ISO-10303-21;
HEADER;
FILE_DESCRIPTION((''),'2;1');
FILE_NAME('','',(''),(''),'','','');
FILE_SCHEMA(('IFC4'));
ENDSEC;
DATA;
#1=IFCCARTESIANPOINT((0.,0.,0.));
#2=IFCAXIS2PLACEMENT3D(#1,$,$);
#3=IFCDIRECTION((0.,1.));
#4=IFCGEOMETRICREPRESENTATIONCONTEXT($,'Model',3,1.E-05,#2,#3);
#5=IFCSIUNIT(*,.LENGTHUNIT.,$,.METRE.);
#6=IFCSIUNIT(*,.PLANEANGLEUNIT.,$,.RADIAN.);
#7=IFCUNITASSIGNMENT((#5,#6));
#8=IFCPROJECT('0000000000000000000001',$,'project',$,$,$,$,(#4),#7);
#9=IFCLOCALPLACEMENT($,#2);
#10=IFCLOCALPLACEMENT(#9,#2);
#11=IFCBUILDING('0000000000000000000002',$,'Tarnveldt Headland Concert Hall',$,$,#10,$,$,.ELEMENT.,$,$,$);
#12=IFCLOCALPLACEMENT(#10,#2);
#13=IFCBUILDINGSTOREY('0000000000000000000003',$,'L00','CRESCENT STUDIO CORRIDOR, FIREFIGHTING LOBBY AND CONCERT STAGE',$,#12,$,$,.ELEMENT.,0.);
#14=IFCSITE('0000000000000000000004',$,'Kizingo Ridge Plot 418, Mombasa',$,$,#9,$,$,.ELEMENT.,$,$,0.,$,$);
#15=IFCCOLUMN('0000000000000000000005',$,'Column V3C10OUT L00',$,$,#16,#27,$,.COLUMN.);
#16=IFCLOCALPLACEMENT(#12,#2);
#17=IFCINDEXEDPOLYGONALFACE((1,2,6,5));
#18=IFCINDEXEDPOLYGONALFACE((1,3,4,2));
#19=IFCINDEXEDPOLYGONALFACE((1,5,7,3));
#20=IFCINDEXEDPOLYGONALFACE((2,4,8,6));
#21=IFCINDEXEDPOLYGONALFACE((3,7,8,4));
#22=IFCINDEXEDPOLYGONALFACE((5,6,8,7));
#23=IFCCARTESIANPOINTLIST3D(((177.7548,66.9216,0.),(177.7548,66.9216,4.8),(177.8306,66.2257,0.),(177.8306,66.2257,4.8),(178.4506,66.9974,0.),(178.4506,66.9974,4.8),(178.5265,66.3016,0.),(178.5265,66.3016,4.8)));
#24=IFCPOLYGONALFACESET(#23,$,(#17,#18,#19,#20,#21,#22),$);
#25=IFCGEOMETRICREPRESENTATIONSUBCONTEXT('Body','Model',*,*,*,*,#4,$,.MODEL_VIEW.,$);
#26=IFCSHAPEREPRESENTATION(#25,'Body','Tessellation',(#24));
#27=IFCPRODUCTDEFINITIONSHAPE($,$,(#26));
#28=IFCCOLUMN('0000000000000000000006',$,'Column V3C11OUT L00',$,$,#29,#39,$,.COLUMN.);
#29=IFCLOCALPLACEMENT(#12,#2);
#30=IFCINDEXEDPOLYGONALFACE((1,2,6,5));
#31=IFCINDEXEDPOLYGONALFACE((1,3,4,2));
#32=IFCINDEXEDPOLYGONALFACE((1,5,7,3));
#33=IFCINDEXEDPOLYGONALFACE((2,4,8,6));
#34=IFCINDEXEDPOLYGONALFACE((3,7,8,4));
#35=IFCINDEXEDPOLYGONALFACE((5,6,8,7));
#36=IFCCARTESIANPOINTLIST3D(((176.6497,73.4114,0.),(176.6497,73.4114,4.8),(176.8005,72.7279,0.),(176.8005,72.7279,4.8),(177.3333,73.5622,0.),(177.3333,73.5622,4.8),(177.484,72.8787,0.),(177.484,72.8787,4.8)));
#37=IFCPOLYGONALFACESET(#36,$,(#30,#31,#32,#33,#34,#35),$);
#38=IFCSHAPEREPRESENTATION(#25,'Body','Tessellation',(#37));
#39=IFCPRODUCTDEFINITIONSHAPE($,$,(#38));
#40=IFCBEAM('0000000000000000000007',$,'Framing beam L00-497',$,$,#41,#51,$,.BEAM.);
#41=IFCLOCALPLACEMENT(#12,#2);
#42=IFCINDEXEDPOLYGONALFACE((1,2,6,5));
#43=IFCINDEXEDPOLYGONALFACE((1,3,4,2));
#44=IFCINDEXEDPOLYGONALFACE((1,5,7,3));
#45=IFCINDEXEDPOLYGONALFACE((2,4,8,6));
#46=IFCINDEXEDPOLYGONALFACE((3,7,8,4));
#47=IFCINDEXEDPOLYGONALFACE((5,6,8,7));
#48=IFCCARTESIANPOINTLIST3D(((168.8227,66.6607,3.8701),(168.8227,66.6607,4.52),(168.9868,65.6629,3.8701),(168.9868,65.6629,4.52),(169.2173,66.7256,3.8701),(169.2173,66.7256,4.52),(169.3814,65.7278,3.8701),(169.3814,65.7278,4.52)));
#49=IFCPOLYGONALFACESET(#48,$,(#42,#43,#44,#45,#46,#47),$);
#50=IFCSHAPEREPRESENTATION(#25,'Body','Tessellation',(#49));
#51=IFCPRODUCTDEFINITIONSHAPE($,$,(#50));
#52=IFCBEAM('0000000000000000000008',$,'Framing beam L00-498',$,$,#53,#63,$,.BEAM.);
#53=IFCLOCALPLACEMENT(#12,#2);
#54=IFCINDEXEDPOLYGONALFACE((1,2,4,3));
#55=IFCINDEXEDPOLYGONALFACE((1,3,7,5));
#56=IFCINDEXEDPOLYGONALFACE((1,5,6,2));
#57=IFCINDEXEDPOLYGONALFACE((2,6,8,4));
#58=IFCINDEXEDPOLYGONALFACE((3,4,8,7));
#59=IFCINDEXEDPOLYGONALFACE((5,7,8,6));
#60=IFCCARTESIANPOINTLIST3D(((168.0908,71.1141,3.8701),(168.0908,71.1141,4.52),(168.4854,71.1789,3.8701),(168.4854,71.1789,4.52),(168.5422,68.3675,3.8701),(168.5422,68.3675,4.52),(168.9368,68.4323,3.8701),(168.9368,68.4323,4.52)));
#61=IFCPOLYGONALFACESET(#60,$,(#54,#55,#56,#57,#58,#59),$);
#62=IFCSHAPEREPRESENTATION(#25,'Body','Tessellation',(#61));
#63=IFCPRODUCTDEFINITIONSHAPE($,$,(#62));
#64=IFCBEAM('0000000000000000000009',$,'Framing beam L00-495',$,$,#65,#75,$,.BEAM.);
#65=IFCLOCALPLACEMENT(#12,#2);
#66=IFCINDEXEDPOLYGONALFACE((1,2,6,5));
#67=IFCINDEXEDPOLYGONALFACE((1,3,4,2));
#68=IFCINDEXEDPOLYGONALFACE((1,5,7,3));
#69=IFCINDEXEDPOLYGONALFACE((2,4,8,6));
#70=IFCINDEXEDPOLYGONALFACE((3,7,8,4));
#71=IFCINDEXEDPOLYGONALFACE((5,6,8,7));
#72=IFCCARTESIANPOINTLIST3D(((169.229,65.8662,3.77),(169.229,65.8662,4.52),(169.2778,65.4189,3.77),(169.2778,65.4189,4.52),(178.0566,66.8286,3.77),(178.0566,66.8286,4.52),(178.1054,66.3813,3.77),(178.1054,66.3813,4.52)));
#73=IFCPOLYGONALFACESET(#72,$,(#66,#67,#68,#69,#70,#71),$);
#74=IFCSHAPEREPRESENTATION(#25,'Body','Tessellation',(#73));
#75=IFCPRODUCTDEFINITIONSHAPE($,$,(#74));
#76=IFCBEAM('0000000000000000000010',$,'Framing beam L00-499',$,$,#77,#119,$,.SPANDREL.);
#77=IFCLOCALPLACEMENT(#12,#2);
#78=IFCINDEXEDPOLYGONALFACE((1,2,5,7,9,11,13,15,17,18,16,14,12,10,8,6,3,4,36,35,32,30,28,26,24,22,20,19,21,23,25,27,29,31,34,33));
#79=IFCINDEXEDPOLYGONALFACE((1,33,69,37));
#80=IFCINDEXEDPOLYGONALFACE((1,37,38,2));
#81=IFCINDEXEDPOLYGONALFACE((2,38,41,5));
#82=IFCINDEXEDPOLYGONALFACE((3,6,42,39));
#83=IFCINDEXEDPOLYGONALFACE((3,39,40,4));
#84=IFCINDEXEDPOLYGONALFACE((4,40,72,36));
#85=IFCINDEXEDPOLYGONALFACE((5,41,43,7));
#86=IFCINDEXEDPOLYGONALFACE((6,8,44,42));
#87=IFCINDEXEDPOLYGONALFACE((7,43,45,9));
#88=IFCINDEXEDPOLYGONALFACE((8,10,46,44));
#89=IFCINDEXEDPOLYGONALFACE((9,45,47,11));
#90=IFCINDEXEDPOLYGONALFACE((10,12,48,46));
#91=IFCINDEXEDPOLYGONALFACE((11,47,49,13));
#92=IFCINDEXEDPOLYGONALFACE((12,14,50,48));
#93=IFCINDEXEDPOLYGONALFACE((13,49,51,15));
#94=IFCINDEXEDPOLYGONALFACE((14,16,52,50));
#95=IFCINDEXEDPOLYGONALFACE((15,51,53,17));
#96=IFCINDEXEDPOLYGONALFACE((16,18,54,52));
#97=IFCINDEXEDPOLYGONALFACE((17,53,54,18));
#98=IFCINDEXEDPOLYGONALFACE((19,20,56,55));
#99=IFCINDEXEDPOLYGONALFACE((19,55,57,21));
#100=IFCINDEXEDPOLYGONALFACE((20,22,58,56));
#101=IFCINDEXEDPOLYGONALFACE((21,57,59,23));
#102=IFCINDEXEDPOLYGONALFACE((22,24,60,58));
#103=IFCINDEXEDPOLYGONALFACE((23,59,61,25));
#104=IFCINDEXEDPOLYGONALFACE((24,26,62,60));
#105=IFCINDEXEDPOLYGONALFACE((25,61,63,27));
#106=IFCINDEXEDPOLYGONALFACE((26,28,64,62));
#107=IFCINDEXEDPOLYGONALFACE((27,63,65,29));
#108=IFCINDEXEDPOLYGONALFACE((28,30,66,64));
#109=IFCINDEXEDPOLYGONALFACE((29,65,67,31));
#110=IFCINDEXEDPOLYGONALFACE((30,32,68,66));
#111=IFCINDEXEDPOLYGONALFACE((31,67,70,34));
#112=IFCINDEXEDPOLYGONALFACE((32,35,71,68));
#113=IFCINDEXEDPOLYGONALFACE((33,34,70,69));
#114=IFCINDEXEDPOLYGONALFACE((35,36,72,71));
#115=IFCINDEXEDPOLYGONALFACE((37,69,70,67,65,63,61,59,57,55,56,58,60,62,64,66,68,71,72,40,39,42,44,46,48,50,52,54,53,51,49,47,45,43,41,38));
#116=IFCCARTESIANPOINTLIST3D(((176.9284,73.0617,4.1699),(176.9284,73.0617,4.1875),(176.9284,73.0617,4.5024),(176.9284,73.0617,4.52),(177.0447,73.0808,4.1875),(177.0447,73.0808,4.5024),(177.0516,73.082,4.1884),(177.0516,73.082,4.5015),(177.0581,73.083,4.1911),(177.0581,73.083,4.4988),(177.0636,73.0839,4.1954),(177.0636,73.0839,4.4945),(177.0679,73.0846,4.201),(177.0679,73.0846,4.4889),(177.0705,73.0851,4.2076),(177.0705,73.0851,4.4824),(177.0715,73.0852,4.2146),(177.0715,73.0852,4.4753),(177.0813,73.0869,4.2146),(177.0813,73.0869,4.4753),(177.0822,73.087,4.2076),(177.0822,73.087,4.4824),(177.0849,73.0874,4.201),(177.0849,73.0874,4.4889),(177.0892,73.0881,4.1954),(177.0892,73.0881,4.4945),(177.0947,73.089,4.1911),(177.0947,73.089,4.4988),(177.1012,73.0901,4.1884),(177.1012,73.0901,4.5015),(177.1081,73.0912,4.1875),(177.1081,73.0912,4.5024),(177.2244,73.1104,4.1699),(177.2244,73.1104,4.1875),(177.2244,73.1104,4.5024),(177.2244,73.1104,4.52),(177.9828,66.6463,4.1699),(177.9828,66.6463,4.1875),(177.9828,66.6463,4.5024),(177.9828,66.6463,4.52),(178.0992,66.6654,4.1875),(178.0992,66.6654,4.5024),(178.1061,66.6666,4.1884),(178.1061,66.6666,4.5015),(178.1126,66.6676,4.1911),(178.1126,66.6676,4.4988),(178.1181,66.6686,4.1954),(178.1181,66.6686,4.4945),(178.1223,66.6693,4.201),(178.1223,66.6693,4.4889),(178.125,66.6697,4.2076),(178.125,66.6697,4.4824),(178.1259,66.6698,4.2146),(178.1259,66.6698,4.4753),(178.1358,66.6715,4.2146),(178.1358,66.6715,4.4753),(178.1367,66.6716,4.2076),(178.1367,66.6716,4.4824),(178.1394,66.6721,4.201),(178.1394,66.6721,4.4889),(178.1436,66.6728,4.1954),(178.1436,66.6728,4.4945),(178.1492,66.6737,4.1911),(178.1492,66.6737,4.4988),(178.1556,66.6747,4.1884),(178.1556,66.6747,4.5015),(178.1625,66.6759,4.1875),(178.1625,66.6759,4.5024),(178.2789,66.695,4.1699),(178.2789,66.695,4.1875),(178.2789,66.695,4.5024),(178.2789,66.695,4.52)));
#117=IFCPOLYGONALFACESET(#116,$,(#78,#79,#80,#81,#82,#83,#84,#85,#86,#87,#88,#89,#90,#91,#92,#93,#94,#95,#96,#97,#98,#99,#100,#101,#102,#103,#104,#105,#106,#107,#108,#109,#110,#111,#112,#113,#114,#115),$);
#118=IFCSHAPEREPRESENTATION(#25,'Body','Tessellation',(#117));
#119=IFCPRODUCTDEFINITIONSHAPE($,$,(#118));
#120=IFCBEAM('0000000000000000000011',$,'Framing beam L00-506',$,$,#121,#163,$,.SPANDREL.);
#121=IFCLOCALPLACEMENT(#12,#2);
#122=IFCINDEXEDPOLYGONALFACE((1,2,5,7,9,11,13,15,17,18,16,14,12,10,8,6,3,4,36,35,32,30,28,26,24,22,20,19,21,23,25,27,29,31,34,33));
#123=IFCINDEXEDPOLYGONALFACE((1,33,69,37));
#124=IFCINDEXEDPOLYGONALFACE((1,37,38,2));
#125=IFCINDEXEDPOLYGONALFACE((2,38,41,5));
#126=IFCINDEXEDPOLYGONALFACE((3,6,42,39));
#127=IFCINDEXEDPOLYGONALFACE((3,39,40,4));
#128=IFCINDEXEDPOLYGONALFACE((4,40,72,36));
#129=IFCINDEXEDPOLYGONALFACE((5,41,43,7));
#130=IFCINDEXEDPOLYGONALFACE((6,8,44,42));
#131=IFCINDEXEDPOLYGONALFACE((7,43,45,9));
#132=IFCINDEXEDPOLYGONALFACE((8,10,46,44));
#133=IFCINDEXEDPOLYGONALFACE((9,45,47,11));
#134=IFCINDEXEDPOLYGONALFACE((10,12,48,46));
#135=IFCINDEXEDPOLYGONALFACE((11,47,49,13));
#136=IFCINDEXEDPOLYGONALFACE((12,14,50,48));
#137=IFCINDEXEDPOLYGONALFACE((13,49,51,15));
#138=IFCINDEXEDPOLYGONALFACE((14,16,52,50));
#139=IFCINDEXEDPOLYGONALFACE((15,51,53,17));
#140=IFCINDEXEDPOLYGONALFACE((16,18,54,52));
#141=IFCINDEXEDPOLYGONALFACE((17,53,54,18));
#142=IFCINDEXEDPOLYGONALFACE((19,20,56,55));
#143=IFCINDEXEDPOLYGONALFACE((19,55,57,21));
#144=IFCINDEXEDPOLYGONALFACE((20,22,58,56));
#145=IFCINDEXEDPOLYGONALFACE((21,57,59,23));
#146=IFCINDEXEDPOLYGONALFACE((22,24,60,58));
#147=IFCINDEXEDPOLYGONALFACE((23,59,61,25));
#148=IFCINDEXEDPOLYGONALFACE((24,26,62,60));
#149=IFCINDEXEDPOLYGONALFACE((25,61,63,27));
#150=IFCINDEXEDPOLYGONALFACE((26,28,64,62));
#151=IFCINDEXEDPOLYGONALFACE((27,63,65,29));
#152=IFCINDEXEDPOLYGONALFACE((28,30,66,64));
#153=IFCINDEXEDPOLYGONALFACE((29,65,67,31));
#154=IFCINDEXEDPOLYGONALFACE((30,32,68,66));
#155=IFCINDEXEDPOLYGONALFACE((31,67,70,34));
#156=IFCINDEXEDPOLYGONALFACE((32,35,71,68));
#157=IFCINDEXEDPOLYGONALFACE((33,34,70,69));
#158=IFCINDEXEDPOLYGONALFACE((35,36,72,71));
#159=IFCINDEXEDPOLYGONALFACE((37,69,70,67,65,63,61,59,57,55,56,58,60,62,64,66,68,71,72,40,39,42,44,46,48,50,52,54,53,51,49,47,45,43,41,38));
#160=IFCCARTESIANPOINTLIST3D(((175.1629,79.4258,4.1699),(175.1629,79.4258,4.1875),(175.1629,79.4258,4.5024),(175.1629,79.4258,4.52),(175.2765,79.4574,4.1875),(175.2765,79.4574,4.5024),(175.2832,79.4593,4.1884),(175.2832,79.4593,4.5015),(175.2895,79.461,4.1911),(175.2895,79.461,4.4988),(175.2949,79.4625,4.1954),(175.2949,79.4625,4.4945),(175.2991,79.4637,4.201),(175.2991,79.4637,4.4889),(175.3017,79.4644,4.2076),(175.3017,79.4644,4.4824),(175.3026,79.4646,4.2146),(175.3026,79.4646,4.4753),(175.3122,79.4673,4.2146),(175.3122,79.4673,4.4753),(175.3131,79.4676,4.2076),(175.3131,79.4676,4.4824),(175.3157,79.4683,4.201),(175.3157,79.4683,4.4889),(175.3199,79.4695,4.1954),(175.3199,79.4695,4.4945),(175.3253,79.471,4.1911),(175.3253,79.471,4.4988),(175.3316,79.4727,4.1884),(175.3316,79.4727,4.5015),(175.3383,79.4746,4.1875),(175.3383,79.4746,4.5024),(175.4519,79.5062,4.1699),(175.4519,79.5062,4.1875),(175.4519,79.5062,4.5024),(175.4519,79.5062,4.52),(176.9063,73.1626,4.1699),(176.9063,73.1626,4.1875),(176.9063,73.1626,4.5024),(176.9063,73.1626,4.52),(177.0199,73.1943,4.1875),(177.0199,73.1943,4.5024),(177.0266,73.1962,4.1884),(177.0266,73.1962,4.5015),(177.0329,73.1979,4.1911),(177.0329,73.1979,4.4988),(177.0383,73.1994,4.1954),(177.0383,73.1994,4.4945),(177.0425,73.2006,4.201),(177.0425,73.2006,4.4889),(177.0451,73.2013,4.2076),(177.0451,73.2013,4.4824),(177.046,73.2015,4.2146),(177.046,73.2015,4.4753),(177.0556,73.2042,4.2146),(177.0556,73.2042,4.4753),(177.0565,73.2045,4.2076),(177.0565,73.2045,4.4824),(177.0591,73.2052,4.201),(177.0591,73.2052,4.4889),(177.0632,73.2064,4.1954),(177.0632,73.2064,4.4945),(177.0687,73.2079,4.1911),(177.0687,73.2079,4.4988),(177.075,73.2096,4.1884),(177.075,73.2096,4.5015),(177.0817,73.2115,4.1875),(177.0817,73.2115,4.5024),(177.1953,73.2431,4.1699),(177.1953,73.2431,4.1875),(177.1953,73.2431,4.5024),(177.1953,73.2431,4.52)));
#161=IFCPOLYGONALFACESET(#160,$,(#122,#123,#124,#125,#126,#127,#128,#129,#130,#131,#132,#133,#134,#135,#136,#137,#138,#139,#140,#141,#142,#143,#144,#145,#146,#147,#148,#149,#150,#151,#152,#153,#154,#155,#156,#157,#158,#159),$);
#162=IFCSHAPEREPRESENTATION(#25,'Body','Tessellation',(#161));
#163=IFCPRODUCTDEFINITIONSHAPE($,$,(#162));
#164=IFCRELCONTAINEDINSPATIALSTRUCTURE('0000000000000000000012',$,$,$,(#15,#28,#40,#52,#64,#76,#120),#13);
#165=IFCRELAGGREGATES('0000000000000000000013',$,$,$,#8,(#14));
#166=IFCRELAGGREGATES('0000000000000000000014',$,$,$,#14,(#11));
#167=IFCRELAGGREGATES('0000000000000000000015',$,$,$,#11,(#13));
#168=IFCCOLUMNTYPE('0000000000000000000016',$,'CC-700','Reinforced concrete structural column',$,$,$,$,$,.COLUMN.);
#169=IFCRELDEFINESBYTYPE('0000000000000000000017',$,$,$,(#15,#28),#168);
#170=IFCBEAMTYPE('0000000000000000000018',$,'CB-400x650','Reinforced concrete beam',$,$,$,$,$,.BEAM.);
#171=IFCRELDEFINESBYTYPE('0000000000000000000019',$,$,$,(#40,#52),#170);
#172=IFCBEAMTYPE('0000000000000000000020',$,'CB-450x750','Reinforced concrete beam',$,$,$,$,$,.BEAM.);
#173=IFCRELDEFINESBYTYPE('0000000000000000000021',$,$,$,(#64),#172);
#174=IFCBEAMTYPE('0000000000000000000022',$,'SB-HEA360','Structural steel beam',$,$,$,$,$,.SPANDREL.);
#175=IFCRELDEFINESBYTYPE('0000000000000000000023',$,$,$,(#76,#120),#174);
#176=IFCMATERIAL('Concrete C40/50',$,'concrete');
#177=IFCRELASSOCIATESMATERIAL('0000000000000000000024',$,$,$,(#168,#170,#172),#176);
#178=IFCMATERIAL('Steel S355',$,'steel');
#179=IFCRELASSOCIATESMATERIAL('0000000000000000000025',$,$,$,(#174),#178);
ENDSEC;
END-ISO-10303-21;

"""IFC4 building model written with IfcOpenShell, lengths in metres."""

from ifc_helpers import new_model, si_unit, direction, frame, origin, origin_2d, place, context, subcontext, project, spatial, rectangle, i_section, extrude, material, material_profile, profile_set, type_object, element, save


model = new_model("IFC4")

# Units and contexts
model_context = context("Model", 3, precision=1e-05, world=origin(), true_north=direction((0.0, 1.0)))
body_context = subcontext(model_context, "Body", "Model", "MODEL_VIEW")
ifc_project = project(units=[si_unit("LENGTHUNIT", "METRE"), si_unit("PLANEANGLEUNIT", "RADIAN")], contexts=[model_context])

# Site, building, storey
site_placement = place(None, origin())
site = spatial("IfcSite", under=ifc_project, at=site_placement, Name="Kizingo Ridge Plot 418, Mombasa", CompositionType="ELEMENT", RefElevation=0.0)
building_placement = place(site_placement, origin())
building = spatial("IfcBuilding", under=site, at=building_placement, Name="Tarnveldt Headland Concert Hall", CompositionType="ELEMENT")
storey_placement = place(building_placement, origin())
storey = spatial("IfcBuildingStorey", under=building, at=storey_placement, Name="L00", Description="CRESCENT STUDIO CORRIDOR, FIREFIGHTING LOBBY AND CONCERT STAGE", CompositionType="ELEMENT", Elevation=0.0)

# Columns
ifc_material_1 = material(Name="Concrete C40/50", Category="concrete")
ifc_material_profile_1 = material_profile(ifc_material_1, rectangle(XDim=0.7, YDim=0.7, at=origin_2d()), Name="RC 700x700", Category="concrete")
ifc_profile_set_1 = profile_set([ifc_material_profile_1], Name="Concrete C40/50")
column_type = type_object("IfcColumnType", Name="CC-700", Description="Reinforced concrete structural column", PredefinedType="COLUMN", material=ifc_profile_set_1)
for number, where, z_axis, x_axis, name in (
    (1, (178.1406, 66.6116, 0.0), (0.0, 0.0, 1.0), (0.994113, 0.108346, 0.0), "Column V3C10OUT L00"),
    (2, (177.0669, 73.145, 0.0), (0.0, 0.0, 1.0), (0.976522, 0.215417, 0.0), "Column V3C11OUT L00"),
):
    element("IfcColumn", number, at=place(storey_placement, frame(where, z_axis=z_axis, x_axis=x_axis)), inside=storey, type_object=column_type, Name=name, PredefinedType="COLUMN", context=body_context, shape_type="SweptSolid", body=[
        extrude(rectangle(XDim=0.7, YDim=0.7, at=origin_2d()), origin(), (0.0, 0.0, 1.0), 4.8),
    ])

# Beams
ifc_material_profile_2 = material_profile(ifc_material_1, rectangle(XDim=0.3999, YDim=0.6499, at=origin_2d()), Name="RC 400x650", Category="concrete")
ifc_profile_set_2 = profile_set([ifc_material_profile_2], Name="Concrete C40/50")
beam_type_1 = type_object("IfcBeamType", Name="CB-400x650", Description="Reinforced concrete beam", PredefinedType="BEAM", material=ifc_profile_set_2)
beam_1_placement = place(storey_placement, frame((169.1841, 65.6953, 4.1951), z_axis=(-0.162245, 0.98675, 0.0), x_axis=(-0.98675, -0.162245, 0.0)))
element("IfcBeam", 3, at=beam_1_placement, inside=storey, type_object=beam_type_1, Name="Framing beam L00-497", PredefinedType="BEAM", context=body_context, shape_type="SweptSolid", body=[
    extrude(rectangle(XDim=0.3999, YDim=0.6499, at=origin_2d()), origin(), (0.0, 0.0, 1.0), 1.0112),
])
beam_2_placement = place(storey_placement, frame((168.7395, 68.3999, 4.1951), z_axis=(-0.16218, 0.986761, 0.0), x_axis=(-0.986761, -0.16218, 0.0)))
element("IfcBeam", 4, at=beam_2_placement, inside=storey, type_object=beam_type_1, Name="Framing beam L00-498", PredefinedType="BEAM", context=body_context, shape_type="SweptSolid", body=[
    extrude(rectangle(XDim=0.3999, YDim=0.6499, at=origin_2d()), origin(), (0.0, 0.0, 1.0), 2.7834),
])
ifc_material_profile_3 = material_profile(ifc_material_1, rectangle(XDim=0.45, YDim=0.75, at=origin_2d()), Name="RC 450x750", Category="concrete")
ifc_profile_set_3 = profile_set([ifc_material_profile_3], Name="Concrete C40/50")
beam_type_2 = type_object("IfcBeamType", Name="CB-450x750", Description="Reinforced concrete beam", PredefinedType="BEAM", material=ifc_profile_set_3)
beam_3_placement = place(storey_placement, frame((169.2534, 65.6426, 4.145), z_axis=(0.99411, 0.108379, 0.0), x_axis=(-0.108379, 0.99411, 0.0)))
element("IfcBeam", 5, at=beam_3_placement, inside=storey, type_object=beam_type_2, Name="Framing beam L00-495", PredefinedType="BEAM", context=body_context, shape_type="SweptSolid", body=[
    extrude(rectangle(XDim=0.45, YDim=0.75, at=origin_2d()), origin(), (0.0, 0.0, 1.0), 8.8799),
])
ifc_material_2 = material(Name="Steel S355", Category="steel")
ifc_material_profile_4 = material_profile(ifc_material_2, i_section(OverallWidth=0.3, OverallDepth=0.3501, WebThickness=0.01, FlangeThickness=0.0176, FilletRadius=0.0271, at=origin_2d()), Name="HEA360", Category="steel")
ifc_profile_set_4 = profile_set([ifc_material_profile_4], Name="Steel S355")
beam_type_3 = type_object("IfcBeamType", Name="SB-HEA360", Description="Structural steel beam", PredefinedType="SPANDREL", material=ifc_profile_set_4)
beam_4_placement = place(storey_placement, frame((178.1309, 66.6707, 4.345), z_axis=(-0.162188, 0.98676, 0.0), x_axis=(-0.98676, -0.162188, 0.0)))
element("IfcBeam", 6, at=beam_4_placement, inside=storey, type_object=beam_type_3, Name="Framing beam L00-499", PredefinedType="SPANDREL", context=body_context, shape_type="SweptSolid", body=[
    extrude(i_section(OverallWidth=0.3, OverallDepth=0.3501, WebThickness=0.01, FlangeThickness=0.0176, FilletRadius=0.0271, at=origin_2d()), origin(), (0.0, 0.0, 1.0), 6.5015),
])
beam_5_placement = place(storey_placement, frame((177.0508, 73.2029, 4.345), z_axis=(-0.268163, 0.963374, 0.0), x_axis=(-0.963374, -0.268163, 0.0)))
element("IfcBeam", 7, at=beam_5_placement, inside=storey, type_object=beam_type_3, Name="Framing beam L00-506", PredefinedType="SPANDREL", context=body_context, shape_type="SweptSolid", body=[
    extrude(i_section(OverallWidth=0.3, OverallDepth=0.3501, WebThickness=0.01, FlangeThickness=0.0176, FilletRadius=0.0271, at=origin_2d()), origin(), (0.0, 0.0, 1.0), 6.5012),
])

save(model, "model.ifc")
